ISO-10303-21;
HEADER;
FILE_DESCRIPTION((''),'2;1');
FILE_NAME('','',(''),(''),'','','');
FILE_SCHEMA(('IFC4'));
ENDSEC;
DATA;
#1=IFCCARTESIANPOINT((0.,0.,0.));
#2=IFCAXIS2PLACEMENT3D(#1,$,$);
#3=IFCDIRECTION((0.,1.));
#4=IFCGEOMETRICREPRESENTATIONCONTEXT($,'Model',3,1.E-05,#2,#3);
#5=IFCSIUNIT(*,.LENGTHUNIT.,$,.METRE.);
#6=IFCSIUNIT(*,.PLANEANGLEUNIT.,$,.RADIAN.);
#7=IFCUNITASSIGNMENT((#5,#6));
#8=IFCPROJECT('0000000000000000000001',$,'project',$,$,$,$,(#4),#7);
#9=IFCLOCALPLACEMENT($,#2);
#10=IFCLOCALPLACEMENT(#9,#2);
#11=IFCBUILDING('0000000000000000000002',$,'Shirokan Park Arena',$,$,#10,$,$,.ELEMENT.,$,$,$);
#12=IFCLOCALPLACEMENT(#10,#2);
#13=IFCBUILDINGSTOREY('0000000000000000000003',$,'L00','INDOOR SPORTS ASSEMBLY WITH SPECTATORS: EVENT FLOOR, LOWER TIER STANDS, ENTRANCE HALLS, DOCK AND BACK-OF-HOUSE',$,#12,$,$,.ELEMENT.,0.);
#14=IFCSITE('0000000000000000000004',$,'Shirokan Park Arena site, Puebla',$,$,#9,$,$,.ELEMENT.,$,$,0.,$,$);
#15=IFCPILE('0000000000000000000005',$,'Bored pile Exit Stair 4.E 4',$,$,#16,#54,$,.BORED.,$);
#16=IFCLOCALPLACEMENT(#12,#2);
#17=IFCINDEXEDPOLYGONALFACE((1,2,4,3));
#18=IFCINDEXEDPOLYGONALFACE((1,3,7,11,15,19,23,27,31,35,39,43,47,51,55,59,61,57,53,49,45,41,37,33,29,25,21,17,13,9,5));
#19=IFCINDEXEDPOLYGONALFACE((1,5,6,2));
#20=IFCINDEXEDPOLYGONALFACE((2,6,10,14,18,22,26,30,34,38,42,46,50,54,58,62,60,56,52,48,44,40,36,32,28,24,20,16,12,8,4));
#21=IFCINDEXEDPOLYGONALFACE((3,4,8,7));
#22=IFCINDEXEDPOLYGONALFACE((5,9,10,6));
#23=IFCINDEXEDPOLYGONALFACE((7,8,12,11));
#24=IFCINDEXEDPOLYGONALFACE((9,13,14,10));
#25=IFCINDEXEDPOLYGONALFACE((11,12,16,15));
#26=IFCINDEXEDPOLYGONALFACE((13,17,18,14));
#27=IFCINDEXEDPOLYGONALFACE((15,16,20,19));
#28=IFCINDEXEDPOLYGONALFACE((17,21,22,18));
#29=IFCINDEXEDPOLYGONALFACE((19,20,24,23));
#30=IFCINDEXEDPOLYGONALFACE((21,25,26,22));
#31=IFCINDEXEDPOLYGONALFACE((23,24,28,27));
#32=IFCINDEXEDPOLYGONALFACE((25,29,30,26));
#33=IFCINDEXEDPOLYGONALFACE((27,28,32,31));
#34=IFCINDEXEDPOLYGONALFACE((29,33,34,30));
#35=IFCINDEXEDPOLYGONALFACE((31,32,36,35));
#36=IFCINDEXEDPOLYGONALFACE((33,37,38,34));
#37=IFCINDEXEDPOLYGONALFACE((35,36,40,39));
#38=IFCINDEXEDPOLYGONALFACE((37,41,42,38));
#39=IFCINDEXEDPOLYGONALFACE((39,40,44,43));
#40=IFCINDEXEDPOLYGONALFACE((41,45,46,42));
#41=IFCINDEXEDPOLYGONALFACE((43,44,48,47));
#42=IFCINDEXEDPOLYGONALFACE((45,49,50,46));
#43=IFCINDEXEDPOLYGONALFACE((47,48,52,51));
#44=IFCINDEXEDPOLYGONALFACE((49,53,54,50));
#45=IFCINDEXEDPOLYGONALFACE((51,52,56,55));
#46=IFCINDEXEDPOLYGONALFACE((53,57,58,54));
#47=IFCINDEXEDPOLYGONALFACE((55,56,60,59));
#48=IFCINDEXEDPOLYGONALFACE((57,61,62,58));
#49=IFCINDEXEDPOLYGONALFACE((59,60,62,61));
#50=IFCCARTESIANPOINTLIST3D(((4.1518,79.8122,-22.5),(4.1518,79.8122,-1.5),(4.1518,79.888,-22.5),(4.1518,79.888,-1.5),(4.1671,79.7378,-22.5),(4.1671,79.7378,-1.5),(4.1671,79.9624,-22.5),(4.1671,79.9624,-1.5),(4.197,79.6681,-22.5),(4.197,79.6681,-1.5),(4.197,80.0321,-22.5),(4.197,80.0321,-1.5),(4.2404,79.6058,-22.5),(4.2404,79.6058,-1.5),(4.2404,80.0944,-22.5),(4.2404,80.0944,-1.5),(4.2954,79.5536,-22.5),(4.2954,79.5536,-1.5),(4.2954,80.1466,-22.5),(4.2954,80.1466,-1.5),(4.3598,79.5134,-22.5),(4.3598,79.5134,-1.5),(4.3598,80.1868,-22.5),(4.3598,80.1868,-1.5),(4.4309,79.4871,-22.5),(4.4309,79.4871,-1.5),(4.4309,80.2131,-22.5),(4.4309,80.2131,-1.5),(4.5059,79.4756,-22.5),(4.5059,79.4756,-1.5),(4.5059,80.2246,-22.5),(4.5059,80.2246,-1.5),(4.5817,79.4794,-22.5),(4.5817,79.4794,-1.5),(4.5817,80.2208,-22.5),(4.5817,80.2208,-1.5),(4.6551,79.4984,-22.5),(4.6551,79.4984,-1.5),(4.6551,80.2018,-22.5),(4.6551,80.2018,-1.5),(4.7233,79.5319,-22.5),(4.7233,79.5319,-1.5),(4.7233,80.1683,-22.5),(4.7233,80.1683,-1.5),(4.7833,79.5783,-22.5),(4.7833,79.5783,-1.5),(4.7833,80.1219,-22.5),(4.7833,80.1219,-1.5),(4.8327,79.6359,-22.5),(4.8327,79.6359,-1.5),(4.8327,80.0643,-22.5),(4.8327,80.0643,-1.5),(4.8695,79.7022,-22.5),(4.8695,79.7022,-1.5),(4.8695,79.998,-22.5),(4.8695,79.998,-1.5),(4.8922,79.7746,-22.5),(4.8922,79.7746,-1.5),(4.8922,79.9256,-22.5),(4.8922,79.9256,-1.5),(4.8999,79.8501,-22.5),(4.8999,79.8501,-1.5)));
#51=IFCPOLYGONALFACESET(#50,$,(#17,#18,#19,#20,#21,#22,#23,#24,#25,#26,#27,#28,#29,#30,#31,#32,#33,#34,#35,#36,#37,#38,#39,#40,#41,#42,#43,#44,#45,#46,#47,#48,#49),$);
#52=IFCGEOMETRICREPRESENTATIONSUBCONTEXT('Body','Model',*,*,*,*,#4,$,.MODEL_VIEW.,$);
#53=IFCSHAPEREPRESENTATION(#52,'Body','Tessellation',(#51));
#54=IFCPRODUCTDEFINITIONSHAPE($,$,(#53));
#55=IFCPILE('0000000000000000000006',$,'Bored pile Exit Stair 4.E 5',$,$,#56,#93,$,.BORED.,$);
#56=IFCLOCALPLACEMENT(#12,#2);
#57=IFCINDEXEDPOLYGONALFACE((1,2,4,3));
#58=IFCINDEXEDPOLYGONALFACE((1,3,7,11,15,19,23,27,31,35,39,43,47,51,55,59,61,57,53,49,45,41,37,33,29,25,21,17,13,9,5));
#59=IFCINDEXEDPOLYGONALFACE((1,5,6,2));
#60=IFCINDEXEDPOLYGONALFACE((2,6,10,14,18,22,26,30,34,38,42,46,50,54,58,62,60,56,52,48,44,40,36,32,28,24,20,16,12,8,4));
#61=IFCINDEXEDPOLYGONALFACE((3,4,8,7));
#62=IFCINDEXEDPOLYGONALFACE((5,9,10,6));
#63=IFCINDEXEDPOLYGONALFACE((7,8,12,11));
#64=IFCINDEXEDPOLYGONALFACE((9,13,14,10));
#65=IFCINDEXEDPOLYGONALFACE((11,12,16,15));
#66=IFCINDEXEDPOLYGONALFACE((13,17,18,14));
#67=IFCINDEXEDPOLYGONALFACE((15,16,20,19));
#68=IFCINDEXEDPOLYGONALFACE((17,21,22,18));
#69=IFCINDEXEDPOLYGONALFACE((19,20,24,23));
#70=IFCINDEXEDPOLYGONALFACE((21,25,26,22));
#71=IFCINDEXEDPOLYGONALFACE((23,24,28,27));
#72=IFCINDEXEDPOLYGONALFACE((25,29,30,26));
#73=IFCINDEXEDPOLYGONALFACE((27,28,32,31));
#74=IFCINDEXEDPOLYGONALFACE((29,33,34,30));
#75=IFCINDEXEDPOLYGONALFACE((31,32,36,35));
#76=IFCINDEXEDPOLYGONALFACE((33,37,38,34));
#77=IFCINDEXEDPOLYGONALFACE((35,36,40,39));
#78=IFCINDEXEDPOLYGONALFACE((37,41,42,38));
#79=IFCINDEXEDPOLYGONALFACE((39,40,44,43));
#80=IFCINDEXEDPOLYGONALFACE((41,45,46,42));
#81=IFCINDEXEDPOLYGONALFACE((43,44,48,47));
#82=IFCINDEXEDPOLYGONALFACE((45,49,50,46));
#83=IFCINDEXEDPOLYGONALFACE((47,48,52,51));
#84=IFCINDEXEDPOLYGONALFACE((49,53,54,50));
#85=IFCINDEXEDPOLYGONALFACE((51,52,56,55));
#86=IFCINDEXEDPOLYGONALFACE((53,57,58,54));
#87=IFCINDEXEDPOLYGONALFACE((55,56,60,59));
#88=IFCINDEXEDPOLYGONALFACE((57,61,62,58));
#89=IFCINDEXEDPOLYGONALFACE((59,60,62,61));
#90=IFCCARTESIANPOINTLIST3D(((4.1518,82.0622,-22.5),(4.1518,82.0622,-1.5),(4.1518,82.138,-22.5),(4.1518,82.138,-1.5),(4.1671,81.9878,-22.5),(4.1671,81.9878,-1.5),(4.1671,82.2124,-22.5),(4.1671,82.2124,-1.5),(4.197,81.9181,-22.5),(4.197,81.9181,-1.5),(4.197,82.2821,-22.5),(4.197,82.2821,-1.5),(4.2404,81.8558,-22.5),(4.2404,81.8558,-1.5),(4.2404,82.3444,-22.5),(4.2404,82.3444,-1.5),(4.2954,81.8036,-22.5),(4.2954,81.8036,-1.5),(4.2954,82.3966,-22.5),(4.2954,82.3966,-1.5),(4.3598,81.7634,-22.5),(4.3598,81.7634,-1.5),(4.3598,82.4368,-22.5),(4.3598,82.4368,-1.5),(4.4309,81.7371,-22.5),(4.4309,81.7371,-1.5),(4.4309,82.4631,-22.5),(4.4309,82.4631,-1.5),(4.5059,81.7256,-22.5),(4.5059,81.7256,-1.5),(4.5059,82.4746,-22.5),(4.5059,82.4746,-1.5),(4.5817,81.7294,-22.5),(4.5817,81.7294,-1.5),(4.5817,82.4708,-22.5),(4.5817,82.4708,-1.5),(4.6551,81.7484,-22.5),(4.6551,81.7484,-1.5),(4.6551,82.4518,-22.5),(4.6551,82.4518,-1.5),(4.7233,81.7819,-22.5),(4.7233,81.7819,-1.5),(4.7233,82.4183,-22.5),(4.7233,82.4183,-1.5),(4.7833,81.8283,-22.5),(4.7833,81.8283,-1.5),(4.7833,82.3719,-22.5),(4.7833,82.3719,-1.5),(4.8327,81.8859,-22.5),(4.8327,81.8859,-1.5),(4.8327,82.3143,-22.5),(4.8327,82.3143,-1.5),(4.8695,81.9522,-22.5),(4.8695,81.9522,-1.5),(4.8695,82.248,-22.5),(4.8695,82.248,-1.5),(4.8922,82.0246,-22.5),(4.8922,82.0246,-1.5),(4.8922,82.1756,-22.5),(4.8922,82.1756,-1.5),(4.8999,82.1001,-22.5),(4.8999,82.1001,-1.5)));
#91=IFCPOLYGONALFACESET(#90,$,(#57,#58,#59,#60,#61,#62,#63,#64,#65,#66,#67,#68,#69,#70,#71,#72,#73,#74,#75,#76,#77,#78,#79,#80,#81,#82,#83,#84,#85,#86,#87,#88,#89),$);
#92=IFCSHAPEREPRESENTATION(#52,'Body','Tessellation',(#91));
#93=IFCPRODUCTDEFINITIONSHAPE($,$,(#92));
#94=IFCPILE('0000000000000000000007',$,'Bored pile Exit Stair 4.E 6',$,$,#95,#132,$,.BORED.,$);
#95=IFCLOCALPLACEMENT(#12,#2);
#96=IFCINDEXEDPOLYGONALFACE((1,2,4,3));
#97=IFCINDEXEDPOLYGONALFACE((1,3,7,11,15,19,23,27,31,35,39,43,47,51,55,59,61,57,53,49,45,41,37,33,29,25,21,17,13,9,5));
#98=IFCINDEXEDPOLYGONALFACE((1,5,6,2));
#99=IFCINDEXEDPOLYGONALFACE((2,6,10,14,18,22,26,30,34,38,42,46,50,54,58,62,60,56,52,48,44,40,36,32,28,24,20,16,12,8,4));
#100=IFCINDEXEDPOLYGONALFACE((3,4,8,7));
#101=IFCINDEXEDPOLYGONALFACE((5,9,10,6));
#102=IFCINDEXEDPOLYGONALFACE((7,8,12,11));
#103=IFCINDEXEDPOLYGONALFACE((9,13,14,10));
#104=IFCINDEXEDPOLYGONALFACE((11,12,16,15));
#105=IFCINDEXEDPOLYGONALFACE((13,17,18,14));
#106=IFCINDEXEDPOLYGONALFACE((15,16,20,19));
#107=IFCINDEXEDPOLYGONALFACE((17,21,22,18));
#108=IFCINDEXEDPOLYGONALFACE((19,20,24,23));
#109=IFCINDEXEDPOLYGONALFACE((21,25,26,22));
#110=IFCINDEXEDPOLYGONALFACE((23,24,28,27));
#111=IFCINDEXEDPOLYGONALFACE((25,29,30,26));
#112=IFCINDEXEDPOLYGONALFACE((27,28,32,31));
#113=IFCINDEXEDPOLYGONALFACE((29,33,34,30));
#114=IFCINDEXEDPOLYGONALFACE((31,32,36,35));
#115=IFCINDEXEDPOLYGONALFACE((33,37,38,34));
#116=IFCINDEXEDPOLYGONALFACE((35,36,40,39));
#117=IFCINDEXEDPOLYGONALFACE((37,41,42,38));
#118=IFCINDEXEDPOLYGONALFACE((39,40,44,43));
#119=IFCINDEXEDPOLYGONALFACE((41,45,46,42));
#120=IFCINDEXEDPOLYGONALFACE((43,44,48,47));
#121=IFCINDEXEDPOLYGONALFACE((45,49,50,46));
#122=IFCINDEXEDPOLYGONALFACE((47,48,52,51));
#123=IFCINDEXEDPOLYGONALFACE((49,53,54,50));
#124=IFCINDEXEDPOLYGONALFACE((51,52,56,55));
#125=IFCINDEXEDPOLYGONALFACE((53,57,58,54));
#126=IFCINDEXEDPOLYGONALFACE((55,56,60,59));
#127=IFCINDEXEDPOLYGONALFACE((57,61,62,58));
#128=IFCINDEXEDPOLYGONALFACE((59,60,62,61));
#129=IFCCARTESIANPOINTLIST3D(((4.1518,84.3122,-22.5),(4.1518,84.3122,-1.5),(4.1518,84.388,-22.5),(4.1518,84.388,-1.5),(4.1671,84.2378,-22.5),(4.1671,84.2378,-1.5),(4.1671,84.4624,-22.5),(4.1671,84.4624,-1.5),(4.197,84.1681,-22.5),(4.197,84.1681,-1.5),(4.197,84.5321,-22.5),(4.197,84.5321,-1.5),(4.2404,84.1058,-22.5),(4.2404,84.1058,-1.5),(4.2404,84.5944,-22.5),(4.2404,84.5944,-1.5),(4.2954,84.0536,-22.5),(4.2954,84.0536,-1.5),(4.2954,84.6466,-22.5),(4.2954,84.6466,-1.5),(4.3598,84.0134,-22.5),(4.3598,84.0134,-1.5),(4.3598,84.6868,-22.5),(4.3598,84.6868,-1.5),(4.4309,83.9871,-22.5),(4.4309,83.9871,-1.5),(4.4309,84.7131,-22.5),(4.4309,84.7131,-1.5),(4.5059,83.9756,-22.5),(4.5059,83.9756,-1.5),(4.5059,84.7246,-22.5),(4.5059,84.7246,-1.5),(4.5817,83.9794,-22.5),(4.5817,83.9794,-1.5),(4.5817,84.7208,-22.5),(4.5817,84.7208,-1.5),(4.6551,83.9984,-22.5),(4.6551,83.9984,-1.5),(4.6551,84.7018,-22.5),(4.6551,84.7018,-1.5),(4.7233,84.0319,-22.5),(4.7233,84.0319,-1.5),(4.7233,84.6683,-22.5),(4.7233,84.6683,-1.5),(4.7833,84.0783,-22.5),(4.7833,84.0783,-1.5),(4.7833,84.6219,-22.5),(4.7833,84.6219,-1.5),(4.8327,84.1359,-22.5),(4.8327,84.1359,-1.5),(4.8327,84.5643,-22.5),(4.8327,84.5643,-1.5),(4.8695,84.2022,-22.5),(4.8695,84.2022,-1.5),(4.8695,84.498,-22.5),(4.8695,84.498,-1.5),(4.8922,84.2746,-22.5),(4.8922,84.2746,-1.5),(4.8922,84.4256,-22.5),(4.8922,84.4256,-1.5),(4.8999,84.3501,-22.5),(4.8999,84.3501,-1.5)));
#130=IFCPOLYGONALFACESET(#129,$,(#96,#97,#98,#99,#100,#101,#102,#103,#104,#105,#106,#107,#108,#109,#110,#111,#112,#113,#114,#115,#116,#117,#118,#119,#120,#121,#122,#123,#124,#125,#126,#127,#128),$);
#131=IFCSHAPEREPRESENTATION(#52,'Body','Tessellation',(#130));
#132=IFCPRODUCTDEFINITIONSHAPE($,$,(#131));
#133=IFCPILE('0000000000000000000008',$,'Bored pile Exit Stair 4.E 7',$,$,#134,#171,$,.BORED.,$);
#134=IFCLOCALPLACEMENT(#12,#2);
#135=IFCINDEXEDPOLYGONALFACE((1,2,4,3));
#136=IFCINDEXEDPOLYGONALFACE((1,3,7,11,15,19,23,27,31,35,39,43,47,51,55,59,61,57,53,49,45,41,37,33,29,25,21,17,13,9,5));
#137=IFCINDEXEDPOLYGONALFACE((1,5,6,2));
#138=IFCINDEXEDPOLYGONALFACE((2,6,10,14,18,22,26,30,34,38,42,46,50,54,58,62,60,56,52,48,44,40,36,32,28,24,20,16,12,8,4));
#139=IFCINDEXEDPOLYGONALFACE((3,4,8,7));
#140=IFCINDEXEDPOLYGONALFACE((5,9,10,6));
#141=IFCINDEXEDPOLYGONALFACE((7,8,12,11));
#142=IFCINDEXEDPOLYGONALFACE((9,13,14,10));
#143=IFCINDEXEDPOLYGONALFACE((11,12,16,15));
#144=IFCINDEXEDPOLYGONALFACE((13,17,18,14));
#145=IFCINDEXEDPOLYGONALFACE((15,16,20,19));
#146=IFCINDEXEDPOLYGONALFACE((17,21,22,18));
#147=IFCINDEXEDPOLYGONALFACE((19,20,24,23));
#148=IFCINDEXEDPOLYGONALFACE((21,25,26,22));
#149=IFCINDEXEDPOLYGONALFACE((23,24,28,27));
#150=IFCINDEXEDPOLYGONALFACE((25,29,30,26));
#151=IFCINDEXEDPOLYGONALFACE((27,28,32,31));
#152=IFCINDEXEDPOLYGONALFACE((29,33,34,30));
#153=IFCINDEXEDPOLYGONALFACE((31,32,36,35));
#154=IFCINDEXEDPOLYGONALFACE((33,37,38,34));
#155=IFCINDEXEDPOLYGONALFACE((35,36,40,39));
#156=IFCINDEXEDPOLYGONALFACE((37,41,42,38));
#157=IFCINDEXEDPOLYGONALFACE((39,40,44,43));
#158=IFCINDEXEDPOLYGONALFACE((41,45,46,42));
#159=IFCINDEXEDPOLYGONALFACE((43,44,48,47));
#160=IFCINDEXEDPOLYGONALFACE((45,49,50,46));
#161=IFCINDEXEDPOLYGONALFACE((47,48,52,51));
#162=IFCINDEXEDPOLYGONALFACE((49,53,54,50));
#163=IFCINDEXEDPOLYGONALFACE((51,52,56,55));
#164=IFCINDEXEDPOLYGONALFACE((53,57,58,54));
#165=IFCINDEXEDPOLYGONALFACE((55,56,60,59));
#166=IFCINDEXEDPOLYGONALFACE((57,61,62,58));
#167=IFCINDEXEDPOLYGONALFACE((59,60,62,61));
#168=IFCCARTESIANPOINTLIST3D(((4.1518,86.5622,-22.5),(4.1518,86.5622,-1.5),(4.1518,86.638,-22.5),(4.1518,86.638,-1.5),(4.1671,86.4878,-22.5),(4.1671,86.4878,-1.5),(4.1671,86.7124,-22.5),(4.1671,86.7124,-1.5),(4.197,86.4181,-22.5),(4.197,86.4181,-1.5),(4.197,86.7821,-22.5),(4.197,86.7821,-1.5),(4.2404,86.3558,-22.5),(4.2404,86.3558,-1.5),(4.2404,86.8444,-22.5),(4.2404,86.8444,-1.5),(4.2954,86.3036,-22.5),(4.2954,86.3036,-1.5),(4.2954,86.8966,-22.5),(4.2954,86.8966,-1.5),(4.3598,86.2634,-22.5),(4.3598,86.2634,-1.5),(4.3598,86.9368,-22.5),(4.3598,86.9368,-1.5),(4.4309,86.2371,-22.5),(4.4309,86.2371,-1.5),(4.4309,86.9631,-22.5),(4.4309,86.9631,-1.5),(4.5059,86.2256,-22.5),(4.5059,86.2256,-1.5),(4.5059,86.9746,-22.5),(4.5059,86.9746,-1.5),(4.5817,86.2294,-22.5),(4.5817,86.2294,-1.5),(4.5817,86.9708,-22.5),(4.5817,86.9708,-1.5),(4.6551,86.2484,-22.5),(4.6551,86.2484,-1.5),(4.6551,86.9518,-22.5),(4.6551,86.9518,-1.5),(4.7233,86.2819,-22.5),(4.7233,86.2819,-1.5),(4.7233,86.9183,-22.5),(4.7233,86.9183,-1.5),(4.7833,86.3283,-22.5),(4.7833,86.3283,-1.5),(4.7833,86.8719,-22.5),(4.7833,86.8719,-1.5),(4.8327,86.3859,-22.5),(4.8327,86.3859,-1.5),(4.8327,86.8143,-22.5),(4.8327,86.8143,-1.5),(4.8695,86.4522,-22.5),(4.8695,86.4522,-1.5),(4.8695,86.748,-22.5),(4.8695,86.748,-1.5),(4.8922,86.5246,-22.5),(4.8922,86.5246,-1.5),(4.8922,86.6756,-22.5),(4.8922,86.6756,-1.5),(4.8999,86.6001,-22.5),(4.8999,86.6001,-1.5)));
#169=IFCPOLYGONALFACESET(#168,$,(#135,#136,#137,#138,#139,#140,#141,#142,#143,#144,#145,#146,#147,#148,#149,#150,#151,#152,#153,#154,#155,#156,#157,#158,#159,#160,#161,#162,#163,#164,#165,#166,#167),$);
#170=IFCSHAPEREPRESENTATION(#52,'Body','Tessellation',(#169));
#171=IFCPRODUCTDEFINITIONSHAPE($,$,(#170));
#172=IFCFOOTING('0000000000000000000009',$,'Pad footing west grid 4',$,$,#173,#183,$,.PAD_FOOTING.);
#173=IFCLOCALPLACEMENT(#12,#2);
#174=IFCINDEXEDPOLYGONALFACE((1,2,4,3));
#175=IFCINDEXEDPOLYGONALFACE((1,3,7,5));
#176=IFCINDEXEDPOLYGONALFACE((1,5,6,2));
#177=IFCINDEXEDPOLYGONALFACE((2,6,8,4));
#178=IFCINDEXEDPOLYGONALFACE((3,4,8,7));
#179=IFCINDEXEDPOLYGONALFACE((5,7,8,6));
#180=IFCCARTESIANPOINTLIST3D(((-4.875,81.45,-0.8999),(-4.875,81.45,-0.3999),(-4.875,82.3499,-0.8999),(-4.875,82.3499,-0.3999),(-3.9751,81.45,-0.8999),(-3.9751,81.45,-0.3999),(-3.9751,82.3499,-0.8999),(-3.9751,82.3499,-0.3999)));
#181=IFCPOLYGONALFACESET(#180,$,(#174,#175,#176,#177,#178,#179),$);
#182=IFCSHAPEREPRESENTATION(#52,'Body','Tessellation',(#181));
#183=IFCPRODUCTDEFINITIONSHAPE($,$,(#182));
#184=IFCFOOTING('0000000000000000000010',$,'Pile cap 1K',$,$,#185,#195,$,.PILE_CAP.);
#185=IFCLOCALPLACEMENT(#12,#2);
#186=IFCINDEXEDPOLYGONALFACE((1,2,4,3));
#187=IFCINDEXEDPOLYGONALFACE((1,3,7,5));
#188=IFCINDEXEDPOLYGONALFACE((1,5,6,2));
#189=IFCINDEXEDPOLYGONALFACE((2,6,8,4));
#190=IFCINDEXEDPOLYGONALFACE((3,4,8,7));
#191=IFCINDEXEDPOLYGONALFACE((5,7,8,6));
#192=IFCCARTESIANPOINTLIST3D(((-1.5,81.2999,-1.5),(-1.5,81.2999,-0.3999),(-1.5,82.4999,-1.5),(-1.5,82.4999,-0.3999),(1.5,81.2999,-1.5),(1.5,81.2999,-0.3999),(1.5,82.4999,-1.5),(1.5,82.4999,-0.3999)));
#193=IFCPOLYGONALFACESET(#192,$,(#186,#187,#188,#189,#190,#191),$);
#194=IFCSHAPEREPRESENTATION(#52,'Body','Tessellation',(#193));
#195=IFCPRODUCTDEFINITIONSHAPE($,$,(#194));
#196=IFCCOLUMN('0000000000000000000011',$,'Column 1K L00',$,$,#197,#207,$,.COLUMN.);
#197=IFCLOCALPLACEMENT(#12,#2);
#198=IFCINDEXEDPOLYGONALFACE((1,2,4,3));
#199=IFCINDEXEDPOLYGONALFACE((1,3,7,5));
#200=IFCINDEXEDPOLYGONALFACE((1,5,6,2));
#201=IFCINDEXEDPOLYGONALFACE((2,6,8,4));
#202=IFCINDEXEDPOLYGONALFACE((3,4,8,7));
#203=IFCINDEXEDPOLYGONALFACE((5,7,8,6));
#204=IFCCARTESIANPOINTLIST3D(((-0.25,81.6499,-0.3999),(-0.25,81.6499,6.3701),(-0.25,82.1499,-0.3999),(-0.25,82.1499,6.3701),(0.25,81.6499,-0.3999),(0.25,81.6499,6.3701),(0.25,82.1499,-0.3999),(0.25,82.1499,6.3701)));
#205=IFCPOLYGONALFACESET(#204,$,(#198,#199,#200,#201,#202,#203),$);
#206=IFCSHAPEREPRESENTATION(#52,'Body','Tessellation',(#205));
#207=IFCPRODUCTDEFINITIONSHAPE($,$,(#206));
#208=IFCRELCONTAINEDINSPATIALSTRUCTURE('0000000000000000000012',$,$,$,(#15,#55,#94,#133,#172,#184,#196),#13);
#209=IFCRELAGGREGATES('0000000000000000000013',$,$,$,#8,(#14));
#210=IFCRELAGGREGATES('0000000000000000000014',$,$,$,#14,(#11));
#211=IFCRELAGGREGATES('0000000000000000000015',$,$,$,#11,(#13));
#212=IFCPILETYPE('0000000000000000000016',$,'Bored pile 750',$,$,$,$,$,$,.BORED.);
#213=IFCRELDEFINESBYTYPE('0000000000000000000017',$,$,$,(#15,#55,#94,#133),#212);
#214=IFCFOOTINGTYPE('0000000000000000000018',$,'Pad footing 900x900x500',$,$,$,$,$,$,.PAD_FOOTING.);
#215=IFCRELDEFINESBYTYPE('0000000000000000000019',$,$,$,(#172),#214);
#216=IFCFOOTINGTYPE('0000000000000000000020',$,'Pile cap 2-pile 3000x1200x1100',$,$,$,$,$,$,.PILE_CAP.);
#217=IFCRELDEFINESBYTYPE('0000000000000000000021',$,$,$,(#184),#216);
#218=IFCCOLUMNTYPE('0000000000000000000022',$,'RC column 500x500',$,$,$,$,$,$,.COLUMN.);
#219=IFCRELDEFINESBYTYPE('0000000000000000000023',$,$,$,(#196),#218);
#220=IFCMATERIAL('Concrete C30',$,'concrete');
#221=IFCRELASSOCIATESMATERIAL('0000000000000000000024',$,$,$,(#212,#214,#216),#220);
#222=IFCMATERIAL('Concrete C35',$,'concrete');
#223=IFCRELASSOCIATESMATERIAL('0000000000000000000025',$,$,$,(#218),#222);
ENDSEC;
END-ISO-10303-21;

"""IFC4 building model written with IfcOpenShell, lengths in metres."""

from ifc_helpers import new_model, si_unit, direction, frame, origin, origin_2d, place, context, subcontext, project, spatial, rectangle, circle, extrude, material, material_profile, profile_set, type_object, element, save


model = new_model("IFC4")

# Units and contexts
model_context = context("Model", 3, precision=1e-05, world=origin(), true_north=direction((0.0, 1.0)))
body_context = subcontext(model_context, "Body", "Model", "MODEL_VIEW")
ifc_project = project(units=[si_unit("LENGTHUNIT", "METRE"), si_unit("PLANEANGLEUNIT", "RADIAN")], contexts=[model_context])

# Site, building, storey
site_placement = place(None, origin())
site = spatial("IfcSite", under=ifc_project, at=site_placement, Name="Shirokan Park Arena site, Puebla", CompositionType="ELEMENT", RefElevation=0.0)
building_placement = place(site_placement, origin())
building = spatial("IfcBuilding", under=site, at=building_placement, Name="Shirokan Park Arena", CompositionType="ELEMENT")
storey_placement = place(building_placement, origin())
storey = spatial("IfcBuildingStorey", under=building, at=storey_placement, Name="L00", Description="INDOOR SPORTS ASSEMBLY WITH SPECTATORS: EVENT FLOOR, LOWER TIER STANDS, ENTRANCE HALLS, DOCK AND BACK-OF-HOUSE", CompositionType="ELEMENT", Elevation=0.0)

# Piles
ifc_material_1 = material(Name="Concrete C30", Category="concrete")
ifc_material_profile_1 = material_profile(ifc_material_1, circle(Radius=0.375, at=origin_2d()), Name="D750")
ifc_profile_set_1 = profile_set([ifc_material_profile_1], Name="Concrete C30")
pile_type_1 = type_object("IfcPileType", Name="Bored pile 750", PredefinedType="BORED", material=ifc_profile_set_1)
for number, where, z_axis, x_axis, name in (
    (1, (4.5249, 79.8501, -1.5), (0.0, 0.0, -1.0), (1.0, 0.0, 0.0), "Bored pile Exit Stair 4.E 4"),
    (2, (4.5249, 82.1001, -1.5), (0.0, 0.0, -1.0), (1.0, 0.0, 0.0), "Bored pile Exit Stair 4.E 5"),
    (3, (4.5249, 84.3501, -1.5), (0.0, 0.0, -1.0), (1.0, 0.0, 0.0), "Bored pile Exit Stair 4.E 6"),
    (4, (4.5249, 86.6001, -1.5), (0.0, 0.0, -1.0), (1.0, 0.0, 0.0), "Bored pile Exit Stair 4.E 7"),
):
    element("IfcPile", number, at=place(storey_placement, frame(where, z_axis=z_axis, x_axis=x_axis)), inside=storey, type_object=pile_type_1, Name=name, PredefinedType="BORED", context=body_context, shape_type="SweptSolid", body=[
        extrude(circle(Radius=0.375, at=origin_2d()), origin(), (0.0, 0.0, 1.0), 21.0),
    ])

# Footings
footing_type_1 = type_object("IfcFootingType", Name="Pad footing 900x900x500", PredefinedType="PAD_FOOTING", material=ifc_material_1)
footing_1_placement = place(storey_placement, frame((-4.425, 81.8999, -0.8999), z_axis=(0.0, 0.0, 1.0), x_axis=(1.0, 0.0, 0.0)))
element("IfcFooting", 5, at=footing_1_placement, inside=storey, type_object=footing_type_1, Name="Pad footing west grid 4", PredefinedType="PAD_FOOTING", context=body_context, shape_type="SweptSolid", body=[
    extrude(rectangle(XDim=0.8999, YDim=0.8999, at=origin_2d()), origin(), (0.0, 0.0, 1.0), 0.5),
])
footing_type_2 = type_object("IfcFootingType", Name="Pile cap 2-pile 3000x1200x1100", PredefinedType="PILE_CAP", material=ifc_material_1)
footing_2_placement = place(storey_placement, frame((0.0, 81.8999, -1.5), z_axis=(0.0, 0.0, 1.0), x_axis=(1.0, 0.0, 0.0)))
element("IfcFooting", 6, at=footing_2_placement, inside=storey, type_object=footing_type_2, Name="Pile cap 1K", PredefinedType="PILE_CAP", context=body_context, shape_type="SweptSolid", body=[
    extrude(rectangle(XDim=3.0, YDim=1.2, at=origin_2d()), origin(), (0.0, 0.0, 1.0), 1.1001),
])

# Column
ifc_material_2 = material(Name="Concrete C35", Category="concrete")
ifc_material_profile_2 = material_profile(ifc_material_2, rectangle(XDim=0.5, YDim=0.5, at=origin_2d()), Name="500x500")
ifc_profile_set_2 = profile_set([ifc_material_profile_2], Name="Concrete C35")
column_type_1 = type_object("IfcColumnType", Name="RC column 500x500", PredefinedType="COLUMN", material=ifc_profile_set_2)
column_1_placement = place(storey_placement, frame((0.0, 81.8999, -0.3999), z_axis=(0.0, 0.0, 1.0), x_axis=(1.0, 0.0, 0.0)))
element("IfcColumn", 7, at=column_1_placement, inside=storey, type_object=column_type_1, Name="Column 1K L00", PredefinedType="COLUMN", context=body_context, shape_type="SweptSolid", body=[
    extrude(rectangle(XDim=0.5, YDim=0.5, at=origin_2d()), origin(), (0.0, 0.0, 1.0), 6.77),
])

save(model, "model.ifc")
